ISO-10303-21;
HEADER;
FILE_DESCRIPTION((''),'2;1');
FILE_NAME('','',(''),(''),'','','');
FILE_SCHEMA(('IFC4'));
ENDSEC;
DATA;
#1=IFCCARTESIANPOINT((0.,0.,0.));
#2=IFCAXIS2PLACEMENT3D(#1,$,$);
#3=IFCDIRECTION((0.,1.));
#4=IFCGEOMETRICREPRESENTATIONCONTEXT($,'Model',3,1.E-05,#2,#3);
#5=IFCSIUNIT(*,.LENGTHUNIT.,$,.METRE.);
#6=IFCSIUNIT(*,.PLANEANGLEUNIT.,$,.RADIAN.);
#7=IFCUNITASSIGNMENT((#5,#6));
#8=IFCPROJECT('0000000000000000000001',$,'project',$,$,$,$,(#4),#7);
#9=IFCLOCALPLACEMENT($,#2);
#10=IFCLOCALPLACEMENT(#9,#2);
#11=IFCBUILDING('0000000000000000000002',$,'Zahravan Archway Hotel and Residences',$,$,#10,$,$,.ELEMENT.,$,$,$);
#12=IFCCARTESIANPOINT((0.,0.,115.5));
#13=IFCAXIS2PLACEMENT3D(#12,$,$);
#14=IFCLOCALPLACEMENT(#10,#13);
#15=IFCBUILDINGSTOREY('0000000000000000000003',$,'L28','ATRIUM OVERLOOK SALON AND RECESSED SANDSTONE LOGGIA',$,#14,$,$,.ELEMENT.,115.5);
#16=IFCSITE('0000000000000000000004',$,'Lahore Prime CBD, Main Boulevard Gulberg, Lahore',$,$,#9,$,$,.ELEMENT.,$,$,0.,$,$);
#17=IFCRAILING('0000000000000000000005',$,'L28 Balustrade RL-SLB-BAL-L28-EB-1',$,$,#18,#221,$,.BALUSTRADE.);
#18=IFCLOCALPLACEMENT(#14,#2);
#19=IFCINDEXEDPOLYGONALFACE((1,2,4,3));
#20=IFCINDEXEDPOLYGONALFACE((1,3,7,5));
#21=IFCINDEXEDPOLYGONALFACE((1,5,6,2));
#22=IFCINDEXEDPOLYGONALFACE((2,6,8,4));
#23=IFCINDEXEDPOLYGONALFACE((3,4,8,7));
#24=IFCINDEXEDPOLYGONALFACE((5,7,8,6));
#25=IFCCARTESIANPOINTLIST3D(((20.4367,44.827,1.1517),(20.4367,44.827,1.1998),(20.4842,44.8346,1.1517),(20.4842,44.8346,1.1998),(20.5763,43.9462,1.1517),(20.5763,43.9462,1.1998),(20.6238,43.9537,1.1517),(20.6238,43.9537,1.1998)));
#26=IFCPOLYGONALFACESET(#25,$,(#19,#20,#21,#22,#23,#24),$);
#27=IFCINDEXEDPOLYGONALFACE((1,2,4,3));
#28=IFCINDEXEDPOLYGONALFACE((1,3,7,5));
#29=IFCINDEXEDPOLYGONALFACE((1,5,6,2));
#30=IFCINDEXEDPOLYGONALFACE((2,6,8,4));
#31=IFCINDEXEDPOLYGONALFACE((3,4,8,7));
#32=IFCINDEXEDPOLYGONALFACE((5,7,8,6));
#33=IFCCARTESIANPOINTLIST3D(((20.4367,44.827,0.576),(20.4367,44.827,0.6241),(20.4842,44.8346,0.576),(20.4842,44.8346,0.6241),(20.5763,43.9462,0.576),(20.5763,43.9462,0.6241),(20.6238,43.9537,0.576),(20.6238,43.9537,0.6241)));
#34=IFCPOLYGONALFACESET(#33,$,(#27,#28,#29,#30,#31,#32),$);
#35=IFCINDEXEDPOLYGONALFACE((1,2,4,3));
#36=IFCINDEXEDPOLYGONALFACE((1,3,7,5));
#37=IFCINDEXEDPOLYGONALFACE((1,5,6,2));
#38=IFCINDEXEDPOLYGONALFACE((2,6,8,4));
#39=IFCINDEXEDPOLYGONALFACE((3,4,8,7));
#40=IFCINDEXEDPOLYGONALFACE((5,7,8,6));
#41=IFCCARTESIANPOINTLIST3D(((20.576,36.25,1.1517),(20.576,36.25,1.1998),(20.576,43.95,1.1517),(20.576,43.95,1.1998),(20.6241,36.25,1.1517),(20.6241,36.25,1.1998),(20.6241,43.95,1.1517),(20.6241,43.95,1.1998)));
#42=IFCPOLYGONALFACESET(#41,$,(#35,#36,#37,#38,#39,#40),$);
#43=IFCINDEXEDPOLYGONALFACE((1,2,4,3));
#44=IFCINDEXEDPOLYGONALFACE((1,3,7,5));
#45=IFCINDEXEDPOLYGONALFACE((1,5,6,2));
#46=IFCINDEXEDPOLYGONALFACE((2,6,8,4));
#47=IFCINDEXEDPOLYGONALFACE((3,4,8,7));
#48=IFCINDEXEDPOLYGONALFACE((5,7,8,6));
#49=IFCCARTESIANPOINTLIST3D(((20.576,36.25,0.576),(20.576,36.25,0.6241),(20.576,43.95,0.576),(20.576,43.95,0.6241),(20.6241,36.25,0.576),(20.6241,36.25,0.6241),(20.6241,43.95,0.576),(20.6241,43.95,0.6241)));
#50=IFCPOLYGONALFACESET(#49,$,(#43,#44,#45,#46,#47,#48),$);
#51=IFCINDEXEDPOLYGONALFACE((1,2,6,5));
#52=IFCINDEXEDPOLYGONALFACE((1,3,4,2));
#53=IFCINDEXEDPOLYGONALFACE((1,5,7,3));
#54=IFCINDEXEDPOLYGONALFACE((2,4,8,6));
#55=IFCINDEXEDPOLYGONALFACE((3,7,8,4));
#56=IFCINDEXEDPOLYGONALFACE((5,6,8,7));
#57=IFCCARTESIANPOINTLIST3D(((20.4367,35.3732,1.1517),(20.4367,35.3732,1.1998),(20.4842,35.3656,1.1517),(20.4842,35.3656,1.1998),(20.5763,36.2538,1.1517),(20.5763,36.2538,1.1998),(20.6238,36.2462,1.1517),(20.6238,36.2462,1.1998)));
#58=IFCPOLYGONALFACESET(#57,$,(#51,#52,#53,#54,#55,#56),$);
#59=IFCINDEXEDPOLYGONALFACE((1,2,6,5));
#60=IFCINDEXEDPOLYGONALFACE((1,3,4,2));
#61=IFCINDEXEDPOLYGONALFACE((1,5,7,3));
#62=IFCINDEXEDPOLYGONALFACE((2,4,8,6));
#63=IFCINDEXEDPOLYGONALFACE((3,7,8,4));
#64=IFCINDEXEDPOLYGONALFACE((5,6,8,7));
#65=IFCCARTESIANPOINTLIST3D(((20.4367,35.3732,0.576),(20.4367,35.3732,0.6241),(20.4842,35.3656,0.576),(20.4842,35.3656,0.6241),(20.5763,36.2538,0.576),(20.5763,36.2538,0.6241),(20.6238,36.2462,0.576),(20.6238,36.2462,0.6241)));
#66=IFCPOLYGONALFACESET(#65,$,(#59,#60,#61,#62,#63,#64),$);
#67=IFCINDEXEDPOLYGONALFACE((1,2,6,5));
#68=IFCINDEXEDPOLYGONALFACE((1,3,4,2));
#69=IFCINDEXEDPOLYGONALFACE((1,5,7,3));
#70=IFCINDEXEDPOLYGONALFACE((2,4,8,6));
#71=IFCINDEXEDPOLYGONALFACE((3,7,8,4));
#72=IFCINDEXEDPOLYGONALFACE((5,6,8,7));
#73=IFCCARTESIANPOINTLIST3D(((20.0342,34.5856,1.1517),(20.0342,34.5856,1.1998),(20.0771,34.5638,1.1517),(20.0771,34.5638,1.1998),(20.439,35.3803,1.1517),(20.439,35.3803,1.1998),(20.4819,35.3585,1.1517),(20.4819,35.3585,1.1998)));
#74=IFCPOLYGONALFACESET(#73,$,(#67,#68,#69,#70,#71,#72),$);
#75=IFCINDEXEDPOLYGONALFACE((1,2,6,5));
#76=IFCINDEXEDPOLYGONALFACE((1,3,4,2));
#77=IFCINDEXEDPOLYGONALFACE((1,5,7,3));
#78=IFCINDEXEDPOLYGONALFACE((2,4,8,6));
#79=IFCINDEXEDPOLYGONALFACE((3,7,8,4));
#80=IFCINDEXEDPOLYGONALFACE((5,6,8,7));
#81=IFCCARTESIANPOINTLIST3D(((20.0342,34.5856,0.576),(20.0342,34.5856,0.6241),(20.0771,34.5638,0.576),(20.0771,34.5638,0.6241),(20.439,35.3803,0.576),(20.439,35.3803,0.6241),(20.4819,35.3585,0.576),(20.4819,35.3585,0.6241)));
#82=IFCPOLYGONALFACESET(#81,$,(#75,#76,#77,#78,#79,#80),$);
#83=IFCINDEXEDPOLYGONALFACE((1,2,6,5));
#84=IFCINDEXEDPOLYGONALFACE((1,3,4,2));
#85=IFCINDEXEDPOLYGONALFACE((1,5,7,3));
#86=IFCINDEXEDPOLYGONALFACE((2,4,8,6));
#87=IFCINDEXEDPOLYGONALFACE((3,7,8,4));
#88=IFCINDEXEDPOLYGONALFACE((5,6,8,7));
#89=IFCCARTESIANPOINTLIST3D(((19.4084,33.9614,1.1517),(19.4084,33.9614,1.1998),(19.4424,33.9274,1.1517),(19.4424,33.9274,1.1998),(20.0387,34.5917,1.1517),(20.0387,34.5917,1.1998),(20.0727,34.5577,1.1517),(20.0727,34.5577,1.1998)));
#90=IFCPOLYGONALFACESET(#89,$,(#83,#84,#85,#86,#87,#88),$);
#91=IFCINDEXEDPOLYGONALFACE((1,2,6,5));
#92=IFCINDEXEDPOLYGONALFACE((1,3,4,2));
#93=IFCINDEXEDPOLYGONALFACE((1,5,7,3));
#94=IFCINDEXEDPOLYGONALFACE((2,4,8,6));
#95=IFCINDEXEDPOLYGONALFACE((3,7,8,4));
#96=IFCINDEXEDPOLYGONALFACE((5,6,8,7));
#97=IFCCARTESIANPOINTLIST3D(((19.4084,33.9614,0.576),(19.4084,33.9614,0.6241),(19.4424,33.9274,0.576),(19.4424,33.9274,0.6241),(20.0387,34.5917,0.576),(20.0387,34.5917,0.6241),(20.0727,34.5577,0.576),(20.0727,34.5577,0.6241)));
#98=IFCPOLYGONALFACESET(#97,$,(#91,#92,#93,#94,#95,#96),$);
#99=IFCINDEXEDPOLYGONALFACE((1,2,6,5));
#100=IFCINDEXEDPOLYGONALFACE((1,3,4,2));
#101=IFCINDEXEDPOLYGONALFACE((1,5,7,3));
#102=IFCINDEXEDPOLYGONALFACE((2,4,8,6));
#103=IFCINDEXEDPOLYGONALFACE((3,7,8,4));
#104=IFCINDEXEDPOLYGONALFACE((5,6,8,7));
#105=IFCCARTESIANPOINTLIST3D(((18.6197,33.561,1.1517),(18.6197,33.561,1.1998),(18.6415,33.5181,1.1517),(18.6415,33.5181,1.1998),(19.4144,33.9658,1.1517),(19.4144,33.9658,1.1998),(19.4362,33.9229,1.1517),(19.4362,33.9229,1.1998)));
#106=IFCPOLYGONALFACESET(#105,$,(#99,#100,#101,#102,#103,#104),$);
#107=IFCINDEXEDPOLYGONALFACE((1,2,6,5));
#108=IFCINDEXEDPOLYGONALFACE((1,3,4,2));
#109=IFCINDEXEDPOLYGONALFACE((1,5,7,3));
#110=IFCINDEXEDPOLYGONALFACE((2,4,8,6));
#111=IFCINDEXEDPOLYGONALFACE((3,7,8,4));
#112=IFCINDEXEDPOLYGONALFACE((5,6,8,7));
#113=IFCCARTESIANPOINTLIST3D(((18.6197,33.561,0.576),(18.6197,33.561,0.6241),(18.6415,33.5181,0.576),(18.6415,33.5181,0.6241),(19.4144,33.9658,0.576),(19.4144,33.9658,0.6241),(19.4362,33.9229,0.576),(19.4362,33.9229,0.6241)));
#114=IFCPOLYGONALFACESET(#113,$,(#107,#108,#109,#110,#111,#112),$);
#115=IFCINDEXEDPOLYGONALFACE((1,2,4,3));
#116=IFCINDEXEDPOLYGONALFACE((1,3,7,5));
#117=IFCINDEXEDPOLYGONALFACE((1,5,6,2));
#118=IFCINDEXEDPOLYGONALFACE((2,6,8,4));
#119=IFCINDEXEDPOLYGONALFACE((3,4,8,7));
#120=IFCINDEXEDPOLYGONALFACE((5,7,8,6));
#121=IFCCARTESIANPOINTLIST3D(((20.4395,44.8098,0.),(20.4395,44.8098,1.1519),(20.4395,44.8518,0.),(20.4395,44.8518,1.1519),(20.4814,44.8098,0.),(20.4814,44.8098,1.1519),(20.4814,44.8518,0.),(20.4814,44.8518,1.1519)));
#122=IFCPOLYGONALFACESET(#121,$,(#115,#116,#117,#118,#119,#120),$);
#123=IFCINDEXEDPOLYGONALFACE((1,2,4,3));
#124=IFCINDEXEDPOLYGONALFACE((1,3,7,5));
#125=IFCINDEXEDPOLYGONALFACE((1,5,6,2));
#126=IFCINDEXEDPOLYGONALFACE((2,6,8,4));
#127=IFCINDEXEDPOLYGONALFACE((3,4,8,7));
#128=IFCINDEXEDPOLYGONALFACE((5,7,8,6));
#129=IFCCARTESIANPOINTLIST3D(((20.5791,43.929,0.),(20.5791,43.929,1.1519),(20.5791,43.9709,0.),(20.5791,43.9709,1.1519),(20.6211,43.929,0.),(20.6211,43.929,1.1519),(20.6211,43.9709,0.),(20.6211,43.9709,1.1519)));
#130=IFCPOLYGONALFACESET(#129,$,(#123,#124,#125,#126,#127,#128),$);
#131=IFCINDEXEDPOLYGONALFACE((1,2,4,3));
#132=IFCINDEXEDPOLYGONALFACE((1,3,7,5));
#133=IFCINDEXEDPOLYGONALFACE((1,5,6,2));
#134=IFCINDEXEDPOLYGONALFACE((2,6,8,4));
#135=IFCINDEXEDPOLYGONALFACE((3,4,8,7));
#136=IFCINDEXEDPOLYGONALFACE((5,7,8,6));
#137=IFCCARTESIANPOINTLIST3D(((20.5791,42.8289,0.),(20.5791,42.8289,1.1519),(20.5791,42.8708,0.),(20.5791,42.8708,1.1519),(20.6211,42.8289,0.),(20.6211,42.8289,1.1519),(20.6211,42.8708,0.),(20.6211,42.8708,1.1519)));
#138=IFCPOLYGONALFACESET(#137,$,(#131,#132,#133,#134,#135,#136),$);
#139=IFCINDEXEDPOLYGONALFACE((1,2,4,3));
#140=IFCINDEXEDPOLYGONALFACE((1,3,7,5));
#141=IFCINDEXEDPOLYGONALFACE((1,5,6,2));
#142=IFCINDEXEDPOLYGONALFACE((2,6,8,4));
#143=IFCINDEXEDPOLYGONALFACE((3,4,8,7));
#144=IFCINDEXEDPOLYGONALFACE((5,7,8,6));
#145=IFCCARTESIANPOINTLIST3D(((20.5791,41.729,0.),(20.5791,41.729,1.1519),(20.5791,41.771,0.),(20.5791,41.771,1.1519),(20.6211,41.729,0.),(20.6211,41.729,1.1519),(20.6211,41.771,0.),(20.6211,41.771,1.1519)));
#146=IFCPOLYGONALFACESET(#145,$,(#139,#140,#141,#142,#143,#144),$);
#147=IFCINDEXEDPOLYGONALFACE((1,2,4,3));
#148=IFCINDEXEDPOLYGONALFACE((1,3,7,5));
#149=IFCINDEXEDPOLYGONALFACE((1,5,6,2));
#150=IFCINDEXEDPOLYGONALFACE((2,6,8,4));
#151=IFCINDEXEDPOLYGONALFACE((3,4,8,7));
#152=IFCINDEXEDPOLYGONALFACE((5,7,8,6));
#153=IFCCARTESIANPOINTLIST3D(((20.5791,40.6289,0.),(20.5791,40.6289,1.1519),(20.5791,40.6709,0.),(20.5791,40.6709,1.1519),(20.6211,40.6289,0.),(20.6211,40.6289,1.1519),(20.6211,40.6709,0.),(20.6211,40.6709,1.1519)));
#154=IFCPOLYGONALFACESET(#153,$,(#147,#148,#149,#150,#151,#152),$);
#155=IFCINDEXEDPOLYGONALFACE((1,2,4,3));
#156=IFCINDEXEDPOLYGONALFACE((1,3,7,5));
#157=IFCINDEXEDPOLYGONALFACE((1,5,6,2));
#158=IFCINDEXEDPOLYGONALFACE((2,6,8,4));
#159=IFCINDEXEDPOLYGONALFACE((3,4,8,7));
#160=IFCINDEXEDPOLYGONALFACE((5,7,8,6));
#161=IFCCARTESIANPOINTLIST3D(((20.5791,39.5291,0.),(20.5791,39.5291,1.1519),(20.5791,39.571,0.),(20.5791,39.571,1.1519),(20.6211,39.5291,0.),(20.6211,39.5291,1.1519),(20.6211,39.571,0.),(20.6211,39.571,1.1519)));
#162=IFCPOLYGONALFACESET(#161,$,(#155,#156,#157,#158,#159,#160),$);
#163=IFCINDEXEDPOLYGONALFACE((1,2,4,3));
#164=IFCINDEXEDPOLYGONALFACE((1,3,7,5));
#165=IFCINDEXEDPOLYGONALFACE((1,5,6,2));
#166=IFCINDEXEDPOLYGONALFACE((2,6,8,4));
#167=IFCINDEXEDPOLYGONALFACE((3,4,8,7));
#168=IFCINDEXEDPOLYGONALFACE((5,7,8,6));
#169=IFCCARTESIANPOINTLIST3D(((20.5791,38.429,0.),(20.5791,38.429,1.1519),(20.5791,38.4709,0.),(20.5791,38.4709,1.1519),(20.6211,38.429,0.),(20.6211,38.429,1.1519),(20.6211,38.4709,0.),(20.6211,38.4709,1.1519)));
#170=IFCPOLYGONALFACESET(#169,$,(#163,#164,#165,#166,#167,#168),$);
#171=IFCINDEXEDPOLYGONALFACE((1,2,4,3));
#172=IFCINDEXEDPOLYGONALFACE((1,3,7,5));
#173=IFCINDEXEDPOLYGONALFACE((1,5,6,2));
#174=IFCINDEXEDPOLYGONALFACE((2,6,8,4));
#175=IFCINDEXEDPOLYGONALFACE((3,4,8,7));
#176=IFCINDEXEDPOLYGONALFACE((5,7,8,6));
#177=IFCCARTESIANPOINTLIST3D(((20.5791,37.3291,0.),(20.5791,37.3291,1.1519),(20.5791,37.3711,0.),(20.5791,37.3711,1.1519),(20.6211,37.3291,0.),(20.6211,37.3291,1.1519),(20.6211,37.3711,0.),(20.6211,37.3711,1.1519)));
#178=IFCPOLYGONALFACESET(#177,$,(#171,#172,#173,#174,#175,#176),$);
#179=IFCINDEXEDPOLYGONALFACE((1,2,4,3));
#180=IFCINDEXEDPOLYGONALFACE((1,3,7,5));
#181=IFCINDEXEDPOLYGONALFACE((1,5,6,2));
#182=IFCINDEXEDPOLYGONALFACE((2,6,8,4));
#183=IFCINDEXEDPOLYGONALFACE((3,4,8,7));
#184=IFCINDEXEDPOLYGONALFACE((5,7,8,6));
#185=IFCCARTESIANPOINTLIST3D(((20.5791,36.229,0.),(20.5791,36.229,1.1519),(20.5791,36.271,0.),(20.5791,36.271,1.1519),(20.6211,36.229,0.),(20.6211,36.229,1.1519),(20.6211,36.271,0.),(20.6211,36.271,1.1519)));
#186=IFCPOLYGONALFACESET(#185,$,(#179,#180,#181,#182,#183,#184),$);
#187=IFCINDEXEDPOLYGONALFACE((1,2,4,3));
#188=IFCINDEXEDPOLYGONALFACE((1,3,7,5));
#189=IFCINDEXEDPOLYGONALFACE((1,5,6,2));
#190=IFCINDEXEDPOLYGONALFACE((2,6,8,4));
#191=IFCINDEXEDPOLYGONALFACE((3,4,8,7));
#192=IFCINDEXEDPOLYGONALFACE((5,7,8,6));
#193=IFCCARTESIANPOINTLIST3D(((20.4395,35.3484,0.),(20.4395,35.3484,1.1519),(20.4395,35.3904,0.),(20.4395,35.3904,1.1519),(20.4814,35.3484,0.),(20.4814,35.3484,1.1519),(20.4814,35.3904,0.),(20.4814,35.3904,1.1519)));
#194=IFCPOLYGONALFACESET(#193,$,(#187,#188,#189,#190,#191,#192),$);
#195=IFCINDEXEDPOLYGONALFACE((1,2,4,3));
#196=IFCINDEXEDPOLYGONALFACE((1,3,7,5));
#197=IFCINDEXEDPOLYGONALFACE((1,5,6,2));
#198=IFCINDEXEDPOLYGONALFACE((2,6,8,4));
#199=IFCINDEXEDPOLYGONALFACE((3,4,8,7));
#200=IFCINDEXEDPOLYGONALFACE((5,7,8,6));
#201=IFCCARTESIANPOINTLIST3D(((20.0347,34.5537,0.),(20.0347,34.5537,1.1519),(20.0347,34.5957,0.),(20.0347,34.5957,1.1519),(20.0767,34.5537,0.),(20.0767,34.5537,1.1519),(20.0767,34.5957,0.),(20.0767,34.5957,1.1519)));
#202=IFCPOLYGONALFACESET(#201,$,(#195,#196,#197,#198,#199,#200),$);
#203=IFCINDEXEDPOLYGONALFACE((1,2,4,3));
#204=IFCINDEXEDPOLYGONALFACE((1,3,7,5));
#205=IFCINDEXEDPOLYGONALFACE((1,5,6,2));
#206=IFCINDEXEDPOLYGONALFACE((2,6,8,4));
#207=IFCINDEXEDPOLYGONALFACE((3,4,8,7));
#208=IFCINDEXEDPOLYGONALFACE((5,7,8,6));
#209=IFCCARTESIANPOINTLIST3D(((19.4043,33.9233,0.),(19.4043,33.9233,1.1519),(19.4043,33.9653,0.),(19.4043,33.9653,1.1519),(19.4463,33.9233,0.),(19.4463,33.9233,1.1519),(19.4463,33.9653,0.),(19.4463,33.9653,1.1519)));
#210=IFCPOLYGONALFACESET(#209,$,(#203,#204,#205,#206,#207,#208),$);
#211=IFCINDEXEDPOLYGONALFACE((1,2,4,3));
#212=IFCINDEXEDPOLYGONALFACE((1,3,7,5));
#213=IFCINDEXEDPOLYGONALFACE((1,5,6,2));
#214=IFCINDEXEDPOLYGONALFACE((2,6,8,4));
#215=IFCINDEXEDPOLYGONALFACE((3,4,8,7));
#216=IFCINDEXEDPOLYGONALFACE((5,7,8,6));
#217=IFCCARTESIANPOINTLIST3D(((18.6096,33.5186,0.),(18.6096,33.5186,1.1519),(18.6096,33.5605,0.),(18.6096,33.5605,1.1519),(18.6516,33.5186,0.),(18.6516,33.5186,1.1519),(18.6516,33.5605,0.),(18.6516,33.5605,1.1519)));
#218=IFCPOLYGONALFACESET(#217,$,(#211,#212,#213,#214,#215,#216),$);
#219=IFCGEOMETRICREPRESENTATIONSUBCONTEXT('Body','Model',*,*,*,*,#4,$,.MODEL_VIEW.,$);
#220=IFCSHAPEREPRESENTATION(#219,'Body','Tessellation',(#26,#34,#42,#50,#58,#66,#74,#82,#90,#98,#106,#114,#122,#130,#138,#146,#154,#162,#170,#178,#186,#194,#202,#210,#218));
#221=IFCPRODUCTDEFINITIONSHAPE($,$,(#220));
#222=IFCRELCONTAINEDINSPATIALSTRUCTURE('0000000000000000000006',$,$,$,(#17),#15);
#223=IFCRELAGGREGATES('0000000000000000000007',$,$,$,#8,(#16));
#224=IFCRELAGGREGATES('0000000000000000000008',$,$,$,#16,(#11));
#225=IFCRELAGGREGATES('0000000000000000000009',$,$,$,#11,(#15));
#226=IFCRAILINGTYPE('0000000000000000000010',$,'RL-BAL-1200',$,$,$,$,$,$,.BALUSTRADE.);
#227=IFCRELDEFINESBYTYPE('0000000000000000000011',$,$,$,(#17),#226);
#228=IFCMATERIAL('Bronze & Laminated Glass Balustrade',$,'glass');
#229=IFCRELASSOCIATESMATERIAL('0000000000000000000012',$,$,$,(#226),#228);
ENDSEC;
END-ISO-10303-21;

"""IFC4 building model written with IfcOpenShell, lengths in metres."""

from ifc_helpers import new_model, si_unit, direction, frame, origin, origin_2d, place, context, subcontext, project, spatial, rectangle, extrude, material, type_object, element, save


model = new_model("IFC4")

# Units and contexts
model_context = context("Model", 3, precision=1e-05, world=origin(), true_north=direction((0.0, 1.0)))
body_context = subcontext(model_context, "Body", "Model", "MODEL_VIEW")
ifc_project = project(units=[si_unit("LENGTHUNIT", "METRE"), si_unit("PLANEANGLEUNIT", "RADIAN")], contexts=[model_context])

# Site, building, storey
site_placement = place(None, origin())
site = spatial("IfcSite", under=ifc_project, at=site_placement, Name="Lahore Prime CBD, Main Boulevard Gulberg, Lahore", CompositionType="ELEMENT", RefElevation=0.0)
building_placement = place(site_placement, origin())
building = spatial("IfcBuilding", under=site, at=building_placement, Name="Zahravan Archway Hotel and Residences", CompositionType="ELEMENT")
storey_placement = place(building_placement, frame((0.0, 0.0, 115.5)))
storey = spatial("IfcBuildingStorey", under=building, at=storey_placement, Name="L28", Description="ATRIUM OVERLOOK SALON AND RECESSED SANDSTONE LOGGIA", CompositionType="ELEMENT", Elevation=115.5)

# Railing
ifc_material_1 = material(Name="Bronze & Laminated Glass Balustrade", Category="glass")
railing_type = type_object("IfcRailingType", Name="RL-BAL-1200", PredefinedType="BALUSTRADE", material=ifc_material_1)
railing_placement = place(storey_placement, frame((20.4604, 44.8308, 0.0)))
element("IfcRailing", 1, at=railing_placement, inside=storey, type_object=railing_type, Name="L28 Balustrade RL-SLB-BAL-L28-EB-1", PredefinedType="BALUSTRADE", context=body_context, shape_type="SweptSolid", body=[
    extrude(rectangle(XDim=0.0481, YDim=0.0481, at=origin_2d()), frame((0.0, 0.0, 1.1758), z_axis=(0.156581, -0.987665, 0.0), x_axis=(0.987665, 0.156581, 0.0)), (0.0, 0.0, 1.0), 0.8918),
    extrude(rectangle(XDim=0.0481, YDim=0.0481, at=origin_2d()), frame((0.0, 0.0, 0.6001), z_axis=(0.156581, -0.987665, 0.0), x_axis=(0.987665, 0.156581, 0.0)), (0.0, 0.0, 1.0), 0.8918),
    extrude(rectangle(XDim=0.0481, YDim=0.0481, at=origin_2d()), frame((0.1396, -0.8809, 1.1758), z_axis=(0.0, -1.0, 0.0), x_axis=(1.0, 0.0, 0.0)), (0.0, 0.0, 1.0), 7.7),
    extrude(rectangle(XDim=0.0481, YDim=0.0481, at=origin_2d()), frame((0.1396, -0.8809, 0.6001), z_axis=(0.0, -1.0, 0.0), x_axis=(1.0, 0.0, 0.0)), (0.0, 0.0, 1.0), 7.7),
    extrude(rectangle(XDim=0.0481, YDim=0.0481, at=origin_2d()), frame((0.1396, -8.5808, 1.1758), z_axis=(-0.156623, -0.987658, 0.0), x_axis=(0.987658, -0.156623, 0.0)), (0.0, 0.0, 1.0), 0.8916),
    extrude(rectangle(XDim=0.0481, YDim=0.0481, at=origin_2d()), frame((0.1396, -8.5808, 0.6001), z_axis=(-0.156623, -0.987658, 0.0), x_axis=(0.987658, -0.156623, 0.0)), (0.0, 0.0, 1.0), 0.8916),
    extrude(rectangle(XDim=0.0481, YDim=0.0481, at=origin_2d()), frame((0.0, -9.4614, 1.1758), z_axis=(-0.453881, -0.891062, 0.0), x_axis=(0.891062, -0.453881, 0.0)), (0.0, 0.0, 1.0), 0.8918),
    extrude(rectangle(XDim=0.0481, YDim=0.0481, at=origin_2d()), frame((0.0, -9.4614, 0.6001), z_axis=(-0.453881, -0.891062, 0.0), x_axis=(0.891062, -0.453881, 0.0)), (0.0, 0.0, 1.0), 0.8918),
    extrude(rectangle(XDim=0.0481, YDim=0.0481, at=origin_2d()), frame((-0.4048, -10.2561, 1.1758), z_axis=(-0.707107, -0.707107, 0.0), x_axis=(0.707107, -0.707107, 0.0)), (0.0, 0.0, 1.0), 0.8914),
    extrude(rectangle(XDim=0.0481, YDim=0.0481, at=origin_2d()), frame((-0.4048, -10.2561, 0.6001), z_axis=(-0.707107, -0.707107, 0.0), x_axis=(0.707107, -0.707107, 0.0)), (0.0, 0.0, 1.0), 0.8914),
    extrude(rectangle(XDim=0.0481, YDim=0.0481, at=origin_2d()), frame((-1.0352, -10.8865, 1.1758), z_axis=(-0.891062, -0.453881, 0.0), x_axis=(0.453881, -0.891062, 0.0)), (0.0, 0.0, 1.0), 0.8918),
    extrude(rectangle(XDim=0.0481, YDim=0.0481, at=origin_2d()), frame((-1.0352, -10.8865, 0.6001), z_axis=(-0.891062, -0.453881, 0.0), x_axis=(0.453881, -0.891062, 0.0)), (0.0, 0.0, 1.0), 0.8918),
    extrude(rectangle(XDim=0.042, YDim=0.042, at=origin_2d()), origin(), (0.0, 0.0, 1.0), 1.1519),
    extrude(rectangle(XDim=0.042, YDim=0.042, at=origin_2d()), frame((0.1396, -0.8809, 0.0)), (0.0, 0.0, 1.0), 1.1519),
    extrude(rectangle(XDim=0.042, YDim=0.042, at=origin_2d()), frame((0.1396, -1.981, 0.0)), (0.0, 0.0, 1.0), 1.1519),
    extrude(rectangle(XDim=0.042, YDim=0.042, at=origin_2d()), frame((0.1396, -3.0808, 0.0)), (0.0, 0.0, 1.0), 1.1519),
    extrude(rectangle(XDim=0.042, YDim=0.042, at=origin_2d()), frame((0.1396, -4.1809, 0.0)), (0.0, 0.0, 1.0), 1.1519),
    extrude(rectangle(XDim=0.042, YDim=0.042, at=origin_2d()), frame((0.1396, -5.2808, 0.0)), (0.0, 0.0, 1.0), 1.1519),
    extrude(rectangle(XDim=0.042, YDim=0.042, at=origin_2d()), frame((0.1396, -6.3809, 0.0)), (0.0, 0.0, 1.0), 1.1519),
    extrude(rectangle(XDim=0.042, YDim=0.042, at=origin_2d()), frame((0.1396, -7.4807, 0.0)), (0.0, 0.0, 1.0), 1.1519),
    extrude(rectangle(XDim=0.042, YDim=0.042, at=origin_2d()), frame((0.1396, -8.5808, 0.0)), (0.0, 0.0, 1.0), 1.1519),
    extrude(rectangle(XDim=0.042, YDim=0.042, at=origin_2d()), frame((0.0, -9.4614, 0.0)), (0.0, 0.0, 1.0), 1.1519),
    extrude(rectangle(XDim=0.042, YDim=0.042, at=origin_2d()), frame((-0.4048, -10.2561, 0.0)), (0.0, 0.0, 1.0), 1.1519),
    extrude(rectangle(XDim=0.042, YDim=0.042, at=origin_2d()), frame((-1.0352, -10.8865, 0.0)), (0.0, 0.0, 1.0), 1.1519),
    extrude(rectangle(XDim=0.042, YDim=0.042, at=origin_2d()), frame((-1.8298, -11.2913, 0.0)), (0.0, 0.0, 1.0), 1.1519),
])

save(model, "model.ifc")
